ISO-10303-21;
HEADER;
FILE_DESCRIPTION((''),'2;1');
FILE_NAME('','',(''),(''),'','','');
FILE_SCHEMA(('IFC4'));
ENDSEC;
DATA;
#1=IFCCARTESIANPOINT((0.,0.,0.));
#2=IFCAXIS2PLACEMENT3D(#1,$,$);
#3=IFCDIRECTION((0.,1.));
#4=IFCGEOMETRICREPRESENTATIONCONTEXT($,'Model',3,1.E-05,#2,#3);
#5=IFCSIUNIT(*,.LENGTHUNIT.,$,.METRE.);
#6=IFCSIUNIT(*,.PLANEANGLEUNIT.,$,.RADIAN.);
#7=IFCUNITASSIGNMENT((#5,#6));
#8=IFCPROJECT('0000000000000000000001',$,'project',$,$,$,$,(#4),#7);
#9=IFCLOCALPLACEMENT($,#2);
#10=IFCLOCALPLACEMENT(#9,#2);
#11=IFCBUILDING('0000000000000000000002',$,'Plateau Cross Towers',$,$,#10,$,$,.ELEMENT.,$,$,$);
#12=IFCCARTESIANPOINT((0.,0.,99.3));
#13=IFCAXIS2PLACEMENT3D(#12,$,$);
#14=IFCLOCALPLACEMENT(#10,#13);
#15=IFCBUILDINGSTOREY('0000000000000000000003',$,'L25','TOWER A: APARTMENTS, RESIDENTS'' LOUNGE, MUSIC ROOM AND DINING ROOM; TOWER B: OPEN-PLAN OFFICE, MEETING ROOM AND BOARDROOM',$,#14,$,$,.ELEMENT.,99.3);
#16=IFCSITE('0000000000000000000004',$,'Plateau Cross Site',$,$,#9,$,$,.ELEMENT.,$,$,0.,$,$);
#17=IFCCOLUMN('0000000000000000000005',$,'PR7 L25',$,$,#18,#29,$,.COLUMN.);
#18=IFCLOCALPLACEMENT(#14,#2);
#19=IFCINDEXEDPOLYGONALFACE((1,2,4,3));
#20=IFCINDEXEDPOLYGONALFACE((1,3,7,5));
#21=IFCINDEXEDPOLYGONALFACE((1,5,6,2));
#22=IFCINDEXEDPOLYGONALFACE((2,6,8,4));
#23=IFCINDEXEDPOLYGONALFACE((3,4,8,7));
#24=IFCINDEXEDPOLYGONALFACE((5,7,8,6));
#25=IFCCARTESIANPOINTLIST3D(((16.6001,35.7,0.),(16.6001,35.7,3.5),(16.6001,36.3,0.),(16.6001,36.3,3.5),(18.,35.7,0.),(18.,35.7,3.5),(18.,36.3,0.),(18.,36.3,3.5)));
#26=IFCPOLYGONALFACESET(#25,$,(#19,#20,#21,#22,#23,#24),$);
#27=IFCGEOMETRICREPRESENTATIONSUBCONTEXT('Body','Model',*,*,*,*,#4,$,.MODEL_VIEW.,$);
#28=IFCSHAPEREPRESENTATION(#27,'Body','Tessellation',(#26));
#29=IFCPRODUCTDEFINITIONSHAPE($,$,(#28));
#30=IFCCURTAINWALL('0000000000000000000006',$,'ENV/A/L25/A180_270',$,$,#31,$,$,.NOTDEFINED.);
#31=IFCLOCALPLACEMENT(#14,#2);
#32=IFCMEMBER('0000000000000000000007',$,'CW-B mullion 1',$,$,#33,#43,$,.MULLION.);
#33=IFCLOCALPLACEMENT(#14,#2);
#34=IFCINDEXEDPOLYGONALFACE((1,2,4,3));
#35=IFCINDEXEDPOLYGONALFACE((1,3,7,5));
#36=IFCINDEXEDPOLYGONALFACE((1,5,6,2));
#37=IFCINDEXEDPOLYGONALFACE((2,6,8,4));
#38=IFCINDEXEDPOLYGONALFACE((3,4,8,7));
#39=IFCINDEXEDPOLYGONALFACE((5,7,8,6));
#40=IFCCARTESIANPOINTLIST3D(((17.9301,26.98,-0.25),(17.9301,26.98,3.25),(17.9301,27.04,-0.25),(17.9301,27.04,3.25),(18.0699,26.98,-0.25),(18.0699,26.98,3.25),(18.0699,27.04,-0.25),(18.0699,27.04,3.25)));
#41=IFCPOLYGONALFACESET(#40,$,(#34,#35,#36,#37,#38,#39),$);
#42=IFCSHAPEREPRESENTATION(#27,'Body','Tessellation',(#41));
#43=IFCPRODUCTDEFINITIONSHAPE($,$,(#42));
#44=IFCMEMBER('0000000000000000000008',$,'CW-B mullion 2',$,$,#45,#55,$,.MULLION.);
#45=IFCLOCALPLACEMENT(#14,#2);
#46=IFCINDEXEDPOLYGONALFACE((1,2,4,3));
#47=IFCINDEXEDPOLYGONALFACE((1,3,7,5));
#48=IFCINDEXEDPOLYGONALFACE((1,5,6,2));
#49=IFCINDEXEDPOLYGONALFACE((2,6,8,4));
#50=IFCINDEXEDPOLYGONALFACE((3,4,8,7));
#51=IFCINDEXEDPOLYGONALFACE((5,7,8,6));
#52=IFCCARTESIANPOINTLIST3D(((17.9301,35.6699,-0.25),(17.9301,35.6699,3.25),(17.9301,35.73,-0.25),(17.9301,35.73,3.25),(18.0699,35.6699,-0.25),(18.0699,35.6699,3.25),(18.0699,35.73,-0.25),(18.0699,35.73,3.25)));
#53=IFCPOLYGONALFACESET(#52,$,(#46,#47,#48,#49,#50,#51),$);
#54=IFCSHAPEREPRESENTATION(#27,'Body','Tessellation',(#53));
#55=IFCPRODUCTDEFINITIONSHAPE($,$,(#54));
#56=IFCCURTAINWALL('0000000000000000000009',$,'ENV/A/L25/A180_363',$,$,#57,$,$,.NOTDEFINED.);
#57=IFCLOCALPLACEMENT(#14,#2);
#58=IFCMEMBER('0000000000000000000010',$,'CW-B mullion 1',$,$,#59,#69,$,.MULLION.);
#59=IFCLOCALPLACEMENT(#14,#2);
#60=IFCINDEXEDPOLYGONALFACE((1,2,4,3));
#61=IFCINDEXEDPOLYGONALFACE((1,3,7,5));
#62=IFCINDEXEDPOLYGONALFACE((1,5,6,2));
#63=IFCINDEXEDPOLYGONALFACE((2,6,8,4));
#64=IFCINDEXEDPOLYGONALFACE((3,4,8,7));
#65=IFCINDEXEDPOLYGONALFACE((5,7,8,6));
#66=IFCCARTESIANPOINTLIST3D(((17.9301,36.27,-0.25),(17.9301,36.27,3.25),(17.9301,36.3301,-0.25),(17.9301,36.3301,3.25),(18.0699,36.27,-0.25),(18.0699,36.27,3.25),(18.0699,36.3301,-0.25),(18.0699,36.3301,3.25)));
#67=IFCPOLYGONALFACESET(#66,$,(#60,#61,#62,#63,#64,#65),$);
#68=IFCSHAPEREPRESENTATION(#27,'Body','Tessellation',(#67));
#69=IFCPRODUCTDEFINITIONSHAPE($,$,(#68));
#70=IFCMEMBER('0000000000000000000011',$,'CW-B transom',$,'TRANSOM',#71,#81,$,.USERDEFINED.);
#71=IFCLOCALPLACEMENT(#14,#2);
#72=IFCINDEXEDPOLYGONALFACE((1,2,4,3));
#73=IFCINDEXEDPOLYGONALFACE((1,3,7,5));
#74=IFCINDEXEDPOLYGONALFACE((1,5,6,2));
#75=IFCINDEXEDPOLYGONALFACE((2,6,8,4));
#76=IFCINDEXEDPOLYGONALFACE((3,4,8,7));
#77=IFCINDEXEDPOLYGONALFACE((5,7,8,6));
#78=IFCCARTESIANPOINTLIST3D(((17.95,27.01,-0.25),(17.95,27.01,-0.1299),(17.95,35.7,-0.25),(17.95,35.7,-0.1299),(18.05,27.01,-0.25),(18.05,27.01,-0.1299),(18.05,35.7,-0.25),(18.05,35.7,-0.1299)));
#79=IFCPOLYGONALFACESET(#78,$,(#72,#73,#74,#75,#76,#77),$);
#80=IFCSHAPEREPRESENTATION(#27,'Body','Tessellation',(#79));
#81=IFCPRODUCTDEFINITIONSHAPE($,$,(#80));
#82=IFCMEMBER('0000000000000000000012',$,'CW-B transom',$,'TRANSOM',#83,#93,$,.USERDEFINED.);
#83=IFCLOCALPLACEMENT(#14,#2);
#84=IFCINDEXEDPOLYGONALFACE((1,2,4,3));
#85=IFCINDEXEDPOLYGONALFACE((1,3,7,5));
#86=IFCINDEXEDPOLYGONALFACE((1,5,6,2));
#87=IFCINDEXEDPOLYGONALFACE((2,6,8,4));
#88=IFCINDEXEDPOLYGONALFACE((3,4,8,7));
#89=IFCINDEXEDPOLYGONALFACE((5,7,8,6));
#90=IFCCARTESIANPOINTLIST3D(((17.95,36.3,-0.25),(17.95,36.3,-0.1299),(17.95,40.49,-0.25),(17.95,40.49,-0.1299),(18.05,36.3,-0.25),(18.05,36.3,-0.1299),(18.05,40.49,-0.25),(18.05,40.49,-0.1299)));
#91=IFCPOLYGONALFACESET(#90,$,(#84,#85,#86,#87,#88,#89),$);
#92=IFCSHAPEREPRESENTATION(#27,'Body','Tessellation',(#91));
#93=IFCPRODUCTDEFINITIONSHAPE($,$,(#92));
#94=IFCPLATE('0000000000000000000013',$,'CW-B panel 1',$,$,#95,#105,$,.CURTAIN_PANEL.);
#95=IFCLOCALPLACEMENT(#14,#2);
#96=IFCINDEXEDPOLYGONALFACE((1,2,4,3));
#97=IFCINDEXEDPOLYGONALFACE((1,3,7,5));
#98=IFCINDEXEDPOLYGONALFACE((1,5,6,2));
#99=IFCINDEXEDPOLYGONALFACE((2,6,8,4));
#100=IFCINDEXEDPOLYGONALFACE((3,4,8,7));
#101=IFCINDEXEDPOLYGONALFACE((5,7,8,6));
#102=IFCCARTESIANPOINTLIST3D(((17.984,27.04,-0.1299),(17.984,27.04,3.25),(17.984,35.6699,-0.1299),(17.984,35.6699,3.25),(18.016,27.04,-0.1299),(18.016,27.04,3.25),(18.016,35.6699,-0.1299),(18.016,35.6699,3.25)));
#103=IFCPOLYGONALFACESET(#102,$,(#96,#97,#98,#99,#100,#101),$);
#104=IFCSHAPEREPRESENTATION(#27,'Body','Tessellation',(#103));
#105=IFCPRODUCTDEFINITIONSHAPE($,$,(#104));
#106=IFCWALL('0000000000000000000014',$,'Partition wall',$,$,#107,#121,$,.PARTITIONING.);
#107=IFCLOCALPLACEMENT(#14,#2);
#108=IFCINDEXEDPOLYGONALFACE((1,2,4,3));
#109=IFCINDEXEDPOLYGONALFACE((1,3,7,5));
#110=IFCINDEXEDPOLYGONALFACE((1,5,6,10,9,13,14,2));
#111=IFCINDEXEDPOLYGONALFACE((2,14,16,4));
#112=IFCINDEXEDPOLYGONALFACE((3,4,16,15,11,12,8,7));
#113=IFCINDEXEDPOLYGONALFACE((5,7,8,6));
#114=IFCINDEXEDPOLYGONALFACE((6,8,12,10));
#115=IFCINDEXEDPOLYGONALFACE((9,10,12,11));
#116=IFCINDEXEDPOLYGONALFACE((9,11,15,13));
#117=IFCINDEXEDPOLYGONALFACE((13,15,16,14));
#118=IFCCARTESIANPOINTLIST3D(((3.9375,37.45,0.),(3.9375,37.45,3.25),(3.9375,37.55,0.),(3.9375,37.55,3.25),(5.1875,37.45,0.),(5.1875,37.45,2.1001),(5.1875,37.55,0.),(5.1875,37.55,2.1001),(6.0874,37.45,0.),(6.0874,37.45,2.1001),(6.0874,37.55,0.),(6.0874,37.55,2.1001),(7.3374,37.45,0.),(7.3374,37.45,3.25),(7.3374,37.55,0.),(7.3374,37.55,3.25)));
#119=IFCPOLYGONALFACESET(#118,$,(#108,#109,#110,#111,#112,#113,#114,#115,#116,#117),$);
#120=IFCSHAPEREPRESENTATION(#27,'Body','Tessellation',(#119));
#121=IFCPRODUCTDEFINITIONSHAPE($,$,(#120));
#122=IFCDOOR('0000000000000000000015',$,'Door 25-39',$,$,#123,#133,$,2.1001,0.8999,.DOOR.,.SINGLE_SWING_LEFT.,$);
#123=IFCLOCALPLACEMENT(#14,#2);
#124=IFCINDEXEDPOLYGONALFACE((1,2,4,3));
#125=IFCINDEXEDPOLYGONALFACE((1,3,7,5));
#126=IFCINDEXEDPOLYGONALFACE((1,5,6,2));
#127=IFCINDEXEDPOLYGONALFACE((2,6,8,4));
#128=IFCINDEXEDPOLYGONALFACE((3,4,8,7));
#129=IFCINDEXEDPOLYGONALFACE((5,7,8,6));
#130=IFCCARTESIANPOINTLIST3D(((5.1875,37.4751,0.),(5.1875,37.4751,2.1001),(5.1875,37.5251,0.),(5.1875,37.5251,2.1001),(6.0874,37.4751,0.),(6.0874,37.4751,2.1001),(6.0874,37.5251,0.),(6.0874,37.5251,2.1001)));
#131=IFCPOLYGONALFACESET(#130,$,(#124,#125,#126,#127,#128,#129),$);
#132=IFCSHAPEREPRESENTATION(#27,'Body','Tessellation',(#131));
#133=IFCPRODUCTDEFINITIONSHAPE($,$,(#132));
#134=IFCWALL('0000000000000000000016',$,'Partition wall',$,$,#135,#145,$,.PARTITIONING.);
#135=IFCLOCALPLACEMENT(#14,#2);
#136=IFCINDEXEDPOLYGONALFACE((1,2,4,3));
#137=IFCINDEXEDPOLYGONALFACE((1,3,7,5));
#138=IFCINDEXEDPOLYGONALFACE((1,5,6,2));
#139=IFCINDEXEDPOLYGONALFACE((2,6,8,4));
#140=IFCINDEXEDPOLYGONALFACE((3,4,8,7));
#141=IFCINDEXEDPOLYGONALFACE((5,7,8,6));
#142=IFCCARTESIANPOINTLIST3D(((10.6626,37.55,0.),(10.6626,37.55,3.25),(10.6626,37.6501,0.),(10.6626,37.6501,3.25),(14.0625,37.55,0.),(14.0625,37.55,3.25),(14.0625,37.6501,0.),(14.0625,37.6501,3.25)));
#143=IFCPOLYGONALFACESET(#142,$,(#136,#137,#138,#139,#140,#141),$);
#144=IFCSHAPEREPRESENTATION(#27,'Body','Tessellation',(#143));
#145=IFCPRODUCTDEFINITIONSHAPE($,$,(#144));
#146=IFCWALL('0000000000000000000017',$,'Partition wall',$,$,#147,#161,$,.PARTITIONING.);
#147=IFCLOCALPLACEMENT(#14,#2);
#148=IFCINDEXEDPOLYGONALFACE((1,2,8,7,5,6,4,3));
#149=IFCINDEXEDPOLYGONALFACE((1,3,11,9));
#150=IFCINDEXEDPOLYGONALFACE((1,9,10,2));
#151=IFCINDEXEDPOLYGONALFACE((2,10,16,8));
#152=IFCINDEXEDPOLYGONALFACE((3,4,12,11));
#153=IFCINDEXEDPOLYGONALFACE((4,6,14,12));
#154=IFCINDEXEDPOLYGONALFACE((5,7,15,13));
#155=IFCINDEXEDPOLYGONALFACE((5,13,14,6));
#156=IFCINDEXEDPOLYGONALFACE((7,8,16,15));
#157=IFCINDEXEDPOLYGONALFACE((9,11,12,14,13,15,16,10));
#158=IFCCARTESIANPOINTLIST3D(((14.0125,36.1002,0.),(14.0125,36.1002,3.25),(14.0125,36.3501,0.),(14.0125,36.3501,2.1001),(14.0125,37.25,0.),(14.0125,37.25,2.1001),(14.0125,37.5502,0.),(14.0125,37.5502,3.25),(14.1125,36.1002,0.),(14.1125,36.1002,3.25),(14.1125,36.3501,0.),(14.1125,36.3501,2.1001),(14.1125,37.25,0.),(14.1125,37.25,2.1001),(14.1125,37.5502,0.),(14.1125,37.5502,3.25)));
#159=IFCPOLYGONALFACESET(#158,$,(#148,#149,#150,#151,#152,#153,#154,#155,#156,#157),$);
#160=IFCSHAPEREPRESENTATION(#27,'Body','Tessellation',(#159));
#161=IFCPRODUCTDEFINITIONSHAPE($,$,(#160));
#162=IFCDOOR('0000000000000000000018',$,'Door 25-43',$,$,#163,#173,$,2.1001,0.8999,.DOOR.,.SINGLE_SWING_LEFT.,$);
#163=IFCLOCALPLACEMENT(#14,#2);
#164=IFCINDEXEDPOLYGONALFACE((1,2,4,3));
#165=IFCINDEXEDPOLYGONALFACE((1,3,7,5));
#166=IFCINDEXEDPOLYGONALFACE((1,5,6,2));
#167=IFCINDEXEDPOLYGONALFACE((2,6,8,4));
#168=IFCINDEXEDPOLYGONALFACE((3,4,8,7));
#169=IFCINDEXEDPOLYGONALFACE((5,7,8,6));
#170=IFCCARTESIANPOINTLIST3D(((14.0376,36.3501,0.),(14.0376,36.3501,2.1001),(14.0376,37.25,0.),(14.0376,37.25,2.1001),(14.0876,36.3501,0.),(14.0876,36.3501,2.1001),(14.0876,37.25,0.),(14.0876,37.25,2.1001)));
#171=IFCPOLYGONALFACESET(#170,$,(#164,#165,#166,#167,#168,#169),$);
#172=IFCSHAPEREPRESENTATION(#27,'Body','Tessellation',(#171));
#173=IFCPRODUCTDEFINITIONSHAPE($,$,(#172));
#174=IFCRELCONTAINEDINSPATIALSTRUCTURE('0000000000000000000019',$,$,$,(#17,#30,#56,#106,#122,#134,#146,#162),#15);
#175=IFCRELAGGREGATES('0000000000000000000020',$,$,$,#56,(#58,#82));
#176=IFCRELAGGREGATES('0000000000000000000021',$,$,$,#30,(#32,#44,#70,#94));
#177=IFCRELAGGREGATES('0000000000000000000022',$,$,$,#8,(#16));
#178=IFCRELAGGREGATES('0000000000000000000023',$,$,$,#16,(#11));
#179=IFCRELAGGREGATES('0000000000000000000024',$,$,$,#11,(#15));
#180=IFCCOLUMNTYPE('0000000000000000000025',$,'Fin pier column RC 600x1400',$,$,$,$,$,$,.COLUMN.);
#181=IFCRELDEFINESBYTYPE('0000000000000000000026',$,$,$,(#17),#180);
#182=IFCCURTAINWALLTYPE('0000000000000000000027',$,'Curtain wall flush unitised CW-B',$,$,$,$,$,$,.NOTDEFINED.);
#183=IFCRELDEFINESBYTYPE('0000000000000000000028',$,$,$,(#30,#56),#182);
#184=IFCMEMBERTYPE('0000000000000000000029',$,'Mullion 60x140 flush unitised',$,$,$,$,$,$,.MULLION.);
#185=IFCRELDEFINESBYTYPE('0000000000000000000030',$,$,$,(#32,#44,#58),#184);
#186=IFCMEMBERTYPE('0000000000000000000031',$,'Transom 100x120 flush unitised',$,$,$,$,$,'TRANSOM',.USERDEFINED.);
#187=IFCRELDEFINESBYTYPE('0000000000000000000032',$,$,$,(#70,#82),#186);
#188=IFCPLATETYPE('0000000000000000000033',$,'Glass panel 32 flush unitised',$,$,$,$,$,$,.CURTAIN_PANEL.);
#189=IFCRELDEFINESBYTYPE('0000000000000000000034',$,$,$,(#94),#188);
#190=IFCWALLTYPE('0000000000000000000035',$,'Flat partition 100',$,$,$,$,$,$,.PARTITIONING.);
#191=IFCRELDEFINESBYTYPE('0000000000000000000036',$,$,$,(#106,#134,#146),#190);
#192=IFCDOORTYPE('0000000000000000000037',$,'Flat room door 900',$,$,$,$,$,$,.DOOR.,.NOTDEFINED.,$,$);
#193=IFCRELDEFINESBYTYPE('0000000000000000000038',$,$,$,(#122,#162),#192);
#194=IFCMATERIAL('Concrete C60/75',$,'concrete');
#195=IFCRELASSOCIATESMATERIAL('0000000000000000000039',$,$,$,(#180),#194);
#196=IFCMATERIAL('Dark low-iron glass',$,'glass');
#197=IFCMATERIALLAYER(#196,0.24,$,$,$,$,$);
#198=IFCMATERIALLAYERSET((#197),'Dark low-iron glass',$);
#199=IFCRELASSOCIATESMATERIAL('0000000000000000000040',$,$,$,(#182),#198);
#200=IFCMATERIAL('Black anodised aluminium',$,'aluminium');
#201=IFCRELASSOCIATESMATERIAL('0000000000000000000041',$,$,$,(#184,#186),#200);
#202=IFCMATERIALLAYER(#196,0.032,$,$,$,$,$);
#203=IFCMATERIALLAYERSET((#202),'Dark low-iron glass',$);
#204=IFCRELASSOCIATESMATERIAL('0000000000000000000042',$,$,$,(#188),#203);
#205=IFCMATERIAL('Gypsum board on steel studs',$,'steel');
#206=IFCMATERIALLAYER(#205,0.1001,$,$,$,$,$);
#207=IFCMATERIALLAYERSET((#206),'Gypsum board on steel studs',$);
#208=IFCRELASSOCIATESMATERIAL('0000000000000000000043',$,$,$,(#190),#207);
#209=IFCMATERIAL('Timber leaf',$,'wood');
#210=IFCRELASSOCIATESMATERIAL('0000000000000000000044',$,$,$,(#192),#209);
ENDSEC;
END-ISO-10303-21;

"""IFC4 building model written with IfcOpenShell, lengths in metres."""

from ifc_helpers import new_model, si_unit, direction, frame, frame_2d, origin, origin_2d, place, context, subcontext, project, spatial, rectangle, extrude, material, layer, layer_set, material_profile, profile_set, type_object, element, fill, aggregate, save


model = new_model("IFC4")

# Units and contexts
model_context = context("Model", 3, precision=1e-05, world=origin(), true_north=direction((0.0, 1.0)))
body_context = subcontext(model_context, "Body", "Model", "MODEL_VIEW")
ifc_project = project(units=[si_unit("LENGTHUNIT", "METRE"), si_unit("PLANEANGLEUNIT", "RADIAN")], contexts=[model_context])

# Site, building, storey
site_placement = place(None, origin())
site = spatial("IfcSite", under=ifc_project, at=site_placement, Name="Plateau Cross Site", CompositionType="ELEMENT", RefElevation=0.0)
building_placement = place(site_placement, origin())
building = spatial("IfcBuilding", under=site, at=building_placement, Name="Plateau Cross Towers", CompositionType="ELEMENT")
storey_placement = place(building_placement, frame((0.0, 0.0, 99.3)))
storey = spatial("IfcBuildingStorey", under=building, at=storey_placement, Name="L25", Description="TOWER A: APARTMENTS, RESIDENTS' LOUNGE, MUSIC ROOM AND DINING ROOM; TOWER B: OPEN-PLAN OFFICE, MEETING ROOM AND BOARDROOM", CompositionType="ELEMENT", Elevation=99.3)

# Column
ifc_material_1 = material(Name="Concrete C60/75", Category="concrete")
ifc_material_profile_1 = material_profile(ifc_material_1, rectangle(XDim=0.6001, YDim=1.3999, at=origin_2d()), Name="RC 600x1400")
ifc_profile_set_1 = profile_set([ifc_material_profile_1], Name="Concrete C60/75")
column_type = type_object("IfcColumnType", Name="Fin pier column RC 600x1400", PredefinedType="COLUMN", material=ifc_profile_set_1)
column_placement = place(storey_placement, frame((17.3, 36.0, 0.0), z_axis=(0.0, 0.0, 1.0), x_axis=(0.0, 1.0, 0.0)))
element("IfcColumn", 1, at=column_placement, inside=storey, type_object=column_type, Name="PR7 L25", PredefinedType="COLUMN", context=body_context, shape_type="SweptSolid", body=[
    extrude(rectangle(XDim=0.6001, YDim=1.3999, at=origin_2d()), origin(), (0.0, 0.0, 1.0), 3.5),
])

# Curtain wall, members
ifc_material_2 = material(Name="Dark low-iron glass", Category="glass")
ifc_layer_1 = layer(ifc_material_2, 0.24)
ifc_layer_set_1 = layer_set([ifc_layer_1], Name="Dark low-iron glass")
curtain_wall_type = type_object("IfcCurtainWallType", Name="Curtain wall flush unitised CW-B", PredefinedType="NOTDEFINED", material=ifc_layer_set_1)
curtain_wall_1_placement = place(storey_placement, origin())
curtain_wall_1 = element("IfcCurtainWall", 2, at=curtain_wall_1_placement, inside=storey, type_object=curtain_wall_type, Name="ENV/A/L25/A180_270", PredefinedType="NOTDEFINED")
ifc_material_3 = material(Name="Black anodised aluminium", Category="aluminium")
ifc_material_profile_2 = material_profile(ifc_material_3, rectangle(XDim=0.0601, YDim=0.1399, at=origin_2d()), Name="MULLION 60x140")
ifc_profile_set_2 = profile_set([ifc_material_profile_2], Name="Black anodised aluminium")
member_type_1 = type_object("IfcMemberType", Name="Mullion 60x140 flush unitised", PredefinedType="MULLION", material=ifc_profile_set_2)
member_1_placement = place(storey_placement, frame((18.0, 27.01, -0.25), z_axis=(0.0, 0.0, 1.0), x_axis=(0.0, 1.0, 0.0)))
member_1 = element("IfcMember", 3, at=member_1_placement, type_object=member_type_1, Name="CW-B mullion 1", PredefinedType="MULLION", context=body_context, shape_type="SweptSolid", body=[
    extrude(rectangle(XDim=0.0601, YDim=0.1399, at=origin_2d()), origin(), (0.0, 0.0, 1.0), 3.5),
])
member_2_placement = place(storey_placement, frame((18.0, 35.7, -0.25), z_axis=(0.0, 0.0, 1.0), x_axis=(0.0, 1.0, 0.0)))
member_2 = element("IfcMember", 4, at=member_2_placement, type_object=member_type_1, Name="CW-B mullion 2", PredefinedType="MULLION", context=body_context, shape_type="SweptSolid", body=[
    extrude(rectangle(XDim=0.0601, YDim=0.1399, at=origin_2d()), origin(), (0.0, 0.0, 1.0), 3.5),
])

# Curtain wall, member
curtain_wall_2_placement = place(storey_placement, origin())
curtain_wall_2 = element("IfcCurtainWall", 5, at=curtain_wall_2_placement, inside=storey, type_object=curtain_wall_type, Name="ENV/A/L25/A180_363", PredefinedType="NOTDEFINED")
member_3_placement = place(storey_placement, frame((18.0, 36.3, -0.25), z_axis=(0.0, 0.0, 1.0), x_axis=(0.0, 1.0, 0.0)))
member_3 = element("IfcMember", 6, at=member_3_placement, type_object=member_type_1, Name="CW-B mullion 1", PredefinedType="MULLION", context=body_context, shape_type="SweptSolid", body=[
    extrude(rectangle(XDim=0.0601, YDim=0.1399, at=origin_2d()), origin(), (0.0, 0.0, 1.0), 3.5),
])

# Members
ifc_material_profile_3 = material_profile(ifc_material_3, rectangle(XDim=0.1001, YDim=0.1201, at=origin_2d()), Name="TRANSOM 100x120")
ifc_profile_set_3 = profile_set([ifc_material_profile_3], Name="Black anodised aluminium")
member_type_2 = type_object("IfcMemberType", Name="Transom 100x120 flush unitised", ElementType="TRANSOM", PredefinedType="USERDEFINED", material=ifc_profile_set_3)
member_4_placement = place(storey_placement, frame((18.0, 27.01, -0.1899), z_axis=(0.0, 1.0, 0.0), x_axis=(-1.0, 0.0, 0.0)))
member_4 = element("IfcMember", 7, at=member_4_placement, type_object=member_type_2, Name="CW-B transom", ObjectType="TRANSOM", PredefinedType="USERDEFINED", context=body_context, shape_type="SweptSolid", body=[
    extrude(rectangle(XDim=0.1001, YDim=0.1201, at=origin_2d()), origin(), (0.0, 0.0, 1.0), 8.6899),
])
member_5_placement = place(storey_placement, frame((18.0, 36.3, -0.1899), z_axis=(0.0, 1.0, 0.0), x_axis=(-1.0, 0.0, 0.0)))
member_5 = element("IfcMember", 8, at=member_5_placement, type_object=member_type_2, Name="CW-B transom", ObjectType="TRANSOM", PredefinedType="USERDEFINED", context=body_context, shape_type="SweptSolid", body=[
    extrude(rectangle(XDim=0.1001, YDim=0.1201, at=origin_2d()), origin(), (0.0, 0.0, 1.0), 4.1899),
])
aggregate(curtain_wall_2, [member_3, member_5])

# Plate
ifc_layer_2 = layer(ifc_material_2, 0.032)
ifc_layer_set_2 = layer_set([ifc_layer_2], Name="Dark low-iron glass")
plate_type = type_object("IfcPlateType", Name="Glass panel 32 flush unitised", PredefinedType="CURTAIN_PANEL", material=ifc_layer_set_2)
plate_placement = place(storey_placement, frame((18.0, 31.355, -0.1299), z_axis=(0.0, 0.0, 1.0), x_axis=(0.0, 1.0, 0.0)))
plate = element("IfcPlate", 9, at=plate_placement, type_object=plate_type, Name="CW-B panel 1", PredefinedType="CURTAIN_PANEL", context=body_context, shape_type="SweptSolid", body=[
    extrude(rectangle(XDim=8.6299, YDim=0.032, at=origin_2d()), origin(), (0.0, 0.0, 1.0), 3.3799),
])
aggregate(curtain_wall_1, [member_1, member_2, member_4, plate])

# Wall, opening, door
ifc_material_4 = material(Name="Gypsum board on steel studs", Category="steel")
ifc_layer_3 = layer(ifc_material_4, 0.1001)
ifc_layer_set_3 = layer_set([ifc_layer_3], Name="Gypsum board on steel studs")
wall_type_1 = type_object("IfcWallType", Name="Flat partition 100", PredefinedType="PARTITIONING", material=ifc_layer_set_3)
wall_1_placement = place(storey_placement, frame((7.3374, 37.5, 0.0), z_axis=(0.0, 0.0, 1.0), x_axis=(-1.0, 0.0, 0.0)))
wall_1 = element("IfcWall", 10, at=wall_1_placement, inside=storey, type_object=wall_type_1, Name="Partition wall", PredefinedType="PARTITIONING", context=body_context, shape_type="SweptSolid", body=[
    extrude(rectangle(XDim=3.3999, YDim=0.1001, at=frame_2d((1.7, 0.0))), origin(), (0.0, 0.0, 1.0), 3.25),
])
opening_1_placement = place(wall_1_placement, frame((1.25, 0.0, 0.0)))
opening_1 = element("IfcOpeningElement", 11, at=opening_1_placement, cuts=wall_1, PredefinedType="OPENING", context=body_context, shape_type="SweptSolid", body=[
    extrude(rectangle(XDim=0.8999, YDim=2.1001, at=frame_2d((0.45, 1.05))), frame((0.0, 0.0601, 0.0), z_axis=(0.0, -1.0, 0.0), x_axis=(1.0, 0.0, 0.0)), (0.0, 0.0, 1.0), 0.1201),
])
ifc_material_5 = material(Name="Timber leaf", Category="wood")
door_type_1 = type_object("IfcDoorType", Name="Flat room door 900", OperationType="NOTDEFINED", PredefinedType="DOOR", material=ifc_material_5)
door_1_placement = place(opening_1_placement, origin())
door_1 = element("IfcDoor", 12, at=door_1_placement, inside=storey, type_object=door_type_1, Name="Door 25-39", OperationType="SINGLE_SWING_LEFT", OverallHeight=2.1001, OverallWidth=0.8999, PredefinedType="DOOR", context=body_context, shape_type="SweptSolid", body=[
    extrude(rectangle(XDim=0.8999, YDim=2.1001, at=frame_2d((0.45, 1.05))), frame((0.0, 0.0249, 0.0), z_axis=(0.0, -1.0, 0.0), x_axis=(1.0, 0.0, 0.0)), (0.0, 0.0, 1.0), 0.05),
])
fill(opening_1, door_1)

# Wall
wall_2_placement = place(storey_placement, frame((14.0625, 37.6001, 0.0), z_axis=(0.0, 0.0, 1.0), x_axis=(-1.0, 0.0, 0.0)))
element("IfcWall", 13, at=wall_2_placement, inside=storey, type_object=wall_type_1, Name="Partition wall", PredefinedType="PARTITIONING", context=body_context, shape_type="SweptSolid", body=[
    extrude(rectangle(XDim=3.3999, YDim=0.1001, at=frame_2d((1.7, 0.0))), origin(), (0.0, 0.0, 1.0), 3.25),
])

# Wall, opening, door
wall_3_placement = place(storey_placement, frame((14.0625, 36.1001, 0.0), z_axis=(0.0, 0.0, 1.0), x_axis=(0.0, 1.0, 0.0)))
wall_3 = element("IfcWall", 14, at=wall_3_placement, inside=storey, type_object=wall_type_1, Name="Partition wall", PredefinedType="PARTITIONING", context=body_context, shape_type="SweptSolid", body=[
    extrude(rectangle(XDim=1.45, YDim=0.1001, at=frame_2d((0.7251, 0.0))), origin(), (0.0, 0.0, 1.0), 3.25),
])
opening_2_placement = place(wall_3_placement, frame((0.25, 0.0, 0.0)))
opening_2 = element("IfcOpeningElement", 15, at=opening_2_placement, cuts=wall_3, PredefinedType="OPENING", context=body_context, shape_type="SweptSolid", body=[
    extrude(rectangle(XDim=0.8999, YDim=2.1001, at=frame_2d((0.45, 1.05))), frame((0.0, 0.0601, 0.0), z_axis=(0.0, -1.0, 0.0), x_axis=(1.0, 0.0, 0.0)), (0.0, 0.0, 1.0), 0.1201),
])
door_2_placement = place(opening_2_placement, origin())
door_2 = element("IfcDoor", 16, at=door_2_placement, inside=storey, type_object=door_type_1, Name="Door 25-43", OperationType="SINGLE_SWING_LEFT", OverallHeight=2.1001, OverallWidth=0.8999, PredefinedType="DOOR", context=body_context, shape_type="SweptSolid", body=[
    extrude(rectangle(XDim=0.8999, YDim=2.1001, at=frame_2d((0.45, 1.05))), frame((0.0, 0.0249, 0.0), z_axis=(0.0, -1.0, 0.0), x_axis=(1.0, 0.0, 0.0)), (0.0, 0.0, 1.0), 0.05),
])
fill(opening_2, door_2)

save(model, "model.ifc")
